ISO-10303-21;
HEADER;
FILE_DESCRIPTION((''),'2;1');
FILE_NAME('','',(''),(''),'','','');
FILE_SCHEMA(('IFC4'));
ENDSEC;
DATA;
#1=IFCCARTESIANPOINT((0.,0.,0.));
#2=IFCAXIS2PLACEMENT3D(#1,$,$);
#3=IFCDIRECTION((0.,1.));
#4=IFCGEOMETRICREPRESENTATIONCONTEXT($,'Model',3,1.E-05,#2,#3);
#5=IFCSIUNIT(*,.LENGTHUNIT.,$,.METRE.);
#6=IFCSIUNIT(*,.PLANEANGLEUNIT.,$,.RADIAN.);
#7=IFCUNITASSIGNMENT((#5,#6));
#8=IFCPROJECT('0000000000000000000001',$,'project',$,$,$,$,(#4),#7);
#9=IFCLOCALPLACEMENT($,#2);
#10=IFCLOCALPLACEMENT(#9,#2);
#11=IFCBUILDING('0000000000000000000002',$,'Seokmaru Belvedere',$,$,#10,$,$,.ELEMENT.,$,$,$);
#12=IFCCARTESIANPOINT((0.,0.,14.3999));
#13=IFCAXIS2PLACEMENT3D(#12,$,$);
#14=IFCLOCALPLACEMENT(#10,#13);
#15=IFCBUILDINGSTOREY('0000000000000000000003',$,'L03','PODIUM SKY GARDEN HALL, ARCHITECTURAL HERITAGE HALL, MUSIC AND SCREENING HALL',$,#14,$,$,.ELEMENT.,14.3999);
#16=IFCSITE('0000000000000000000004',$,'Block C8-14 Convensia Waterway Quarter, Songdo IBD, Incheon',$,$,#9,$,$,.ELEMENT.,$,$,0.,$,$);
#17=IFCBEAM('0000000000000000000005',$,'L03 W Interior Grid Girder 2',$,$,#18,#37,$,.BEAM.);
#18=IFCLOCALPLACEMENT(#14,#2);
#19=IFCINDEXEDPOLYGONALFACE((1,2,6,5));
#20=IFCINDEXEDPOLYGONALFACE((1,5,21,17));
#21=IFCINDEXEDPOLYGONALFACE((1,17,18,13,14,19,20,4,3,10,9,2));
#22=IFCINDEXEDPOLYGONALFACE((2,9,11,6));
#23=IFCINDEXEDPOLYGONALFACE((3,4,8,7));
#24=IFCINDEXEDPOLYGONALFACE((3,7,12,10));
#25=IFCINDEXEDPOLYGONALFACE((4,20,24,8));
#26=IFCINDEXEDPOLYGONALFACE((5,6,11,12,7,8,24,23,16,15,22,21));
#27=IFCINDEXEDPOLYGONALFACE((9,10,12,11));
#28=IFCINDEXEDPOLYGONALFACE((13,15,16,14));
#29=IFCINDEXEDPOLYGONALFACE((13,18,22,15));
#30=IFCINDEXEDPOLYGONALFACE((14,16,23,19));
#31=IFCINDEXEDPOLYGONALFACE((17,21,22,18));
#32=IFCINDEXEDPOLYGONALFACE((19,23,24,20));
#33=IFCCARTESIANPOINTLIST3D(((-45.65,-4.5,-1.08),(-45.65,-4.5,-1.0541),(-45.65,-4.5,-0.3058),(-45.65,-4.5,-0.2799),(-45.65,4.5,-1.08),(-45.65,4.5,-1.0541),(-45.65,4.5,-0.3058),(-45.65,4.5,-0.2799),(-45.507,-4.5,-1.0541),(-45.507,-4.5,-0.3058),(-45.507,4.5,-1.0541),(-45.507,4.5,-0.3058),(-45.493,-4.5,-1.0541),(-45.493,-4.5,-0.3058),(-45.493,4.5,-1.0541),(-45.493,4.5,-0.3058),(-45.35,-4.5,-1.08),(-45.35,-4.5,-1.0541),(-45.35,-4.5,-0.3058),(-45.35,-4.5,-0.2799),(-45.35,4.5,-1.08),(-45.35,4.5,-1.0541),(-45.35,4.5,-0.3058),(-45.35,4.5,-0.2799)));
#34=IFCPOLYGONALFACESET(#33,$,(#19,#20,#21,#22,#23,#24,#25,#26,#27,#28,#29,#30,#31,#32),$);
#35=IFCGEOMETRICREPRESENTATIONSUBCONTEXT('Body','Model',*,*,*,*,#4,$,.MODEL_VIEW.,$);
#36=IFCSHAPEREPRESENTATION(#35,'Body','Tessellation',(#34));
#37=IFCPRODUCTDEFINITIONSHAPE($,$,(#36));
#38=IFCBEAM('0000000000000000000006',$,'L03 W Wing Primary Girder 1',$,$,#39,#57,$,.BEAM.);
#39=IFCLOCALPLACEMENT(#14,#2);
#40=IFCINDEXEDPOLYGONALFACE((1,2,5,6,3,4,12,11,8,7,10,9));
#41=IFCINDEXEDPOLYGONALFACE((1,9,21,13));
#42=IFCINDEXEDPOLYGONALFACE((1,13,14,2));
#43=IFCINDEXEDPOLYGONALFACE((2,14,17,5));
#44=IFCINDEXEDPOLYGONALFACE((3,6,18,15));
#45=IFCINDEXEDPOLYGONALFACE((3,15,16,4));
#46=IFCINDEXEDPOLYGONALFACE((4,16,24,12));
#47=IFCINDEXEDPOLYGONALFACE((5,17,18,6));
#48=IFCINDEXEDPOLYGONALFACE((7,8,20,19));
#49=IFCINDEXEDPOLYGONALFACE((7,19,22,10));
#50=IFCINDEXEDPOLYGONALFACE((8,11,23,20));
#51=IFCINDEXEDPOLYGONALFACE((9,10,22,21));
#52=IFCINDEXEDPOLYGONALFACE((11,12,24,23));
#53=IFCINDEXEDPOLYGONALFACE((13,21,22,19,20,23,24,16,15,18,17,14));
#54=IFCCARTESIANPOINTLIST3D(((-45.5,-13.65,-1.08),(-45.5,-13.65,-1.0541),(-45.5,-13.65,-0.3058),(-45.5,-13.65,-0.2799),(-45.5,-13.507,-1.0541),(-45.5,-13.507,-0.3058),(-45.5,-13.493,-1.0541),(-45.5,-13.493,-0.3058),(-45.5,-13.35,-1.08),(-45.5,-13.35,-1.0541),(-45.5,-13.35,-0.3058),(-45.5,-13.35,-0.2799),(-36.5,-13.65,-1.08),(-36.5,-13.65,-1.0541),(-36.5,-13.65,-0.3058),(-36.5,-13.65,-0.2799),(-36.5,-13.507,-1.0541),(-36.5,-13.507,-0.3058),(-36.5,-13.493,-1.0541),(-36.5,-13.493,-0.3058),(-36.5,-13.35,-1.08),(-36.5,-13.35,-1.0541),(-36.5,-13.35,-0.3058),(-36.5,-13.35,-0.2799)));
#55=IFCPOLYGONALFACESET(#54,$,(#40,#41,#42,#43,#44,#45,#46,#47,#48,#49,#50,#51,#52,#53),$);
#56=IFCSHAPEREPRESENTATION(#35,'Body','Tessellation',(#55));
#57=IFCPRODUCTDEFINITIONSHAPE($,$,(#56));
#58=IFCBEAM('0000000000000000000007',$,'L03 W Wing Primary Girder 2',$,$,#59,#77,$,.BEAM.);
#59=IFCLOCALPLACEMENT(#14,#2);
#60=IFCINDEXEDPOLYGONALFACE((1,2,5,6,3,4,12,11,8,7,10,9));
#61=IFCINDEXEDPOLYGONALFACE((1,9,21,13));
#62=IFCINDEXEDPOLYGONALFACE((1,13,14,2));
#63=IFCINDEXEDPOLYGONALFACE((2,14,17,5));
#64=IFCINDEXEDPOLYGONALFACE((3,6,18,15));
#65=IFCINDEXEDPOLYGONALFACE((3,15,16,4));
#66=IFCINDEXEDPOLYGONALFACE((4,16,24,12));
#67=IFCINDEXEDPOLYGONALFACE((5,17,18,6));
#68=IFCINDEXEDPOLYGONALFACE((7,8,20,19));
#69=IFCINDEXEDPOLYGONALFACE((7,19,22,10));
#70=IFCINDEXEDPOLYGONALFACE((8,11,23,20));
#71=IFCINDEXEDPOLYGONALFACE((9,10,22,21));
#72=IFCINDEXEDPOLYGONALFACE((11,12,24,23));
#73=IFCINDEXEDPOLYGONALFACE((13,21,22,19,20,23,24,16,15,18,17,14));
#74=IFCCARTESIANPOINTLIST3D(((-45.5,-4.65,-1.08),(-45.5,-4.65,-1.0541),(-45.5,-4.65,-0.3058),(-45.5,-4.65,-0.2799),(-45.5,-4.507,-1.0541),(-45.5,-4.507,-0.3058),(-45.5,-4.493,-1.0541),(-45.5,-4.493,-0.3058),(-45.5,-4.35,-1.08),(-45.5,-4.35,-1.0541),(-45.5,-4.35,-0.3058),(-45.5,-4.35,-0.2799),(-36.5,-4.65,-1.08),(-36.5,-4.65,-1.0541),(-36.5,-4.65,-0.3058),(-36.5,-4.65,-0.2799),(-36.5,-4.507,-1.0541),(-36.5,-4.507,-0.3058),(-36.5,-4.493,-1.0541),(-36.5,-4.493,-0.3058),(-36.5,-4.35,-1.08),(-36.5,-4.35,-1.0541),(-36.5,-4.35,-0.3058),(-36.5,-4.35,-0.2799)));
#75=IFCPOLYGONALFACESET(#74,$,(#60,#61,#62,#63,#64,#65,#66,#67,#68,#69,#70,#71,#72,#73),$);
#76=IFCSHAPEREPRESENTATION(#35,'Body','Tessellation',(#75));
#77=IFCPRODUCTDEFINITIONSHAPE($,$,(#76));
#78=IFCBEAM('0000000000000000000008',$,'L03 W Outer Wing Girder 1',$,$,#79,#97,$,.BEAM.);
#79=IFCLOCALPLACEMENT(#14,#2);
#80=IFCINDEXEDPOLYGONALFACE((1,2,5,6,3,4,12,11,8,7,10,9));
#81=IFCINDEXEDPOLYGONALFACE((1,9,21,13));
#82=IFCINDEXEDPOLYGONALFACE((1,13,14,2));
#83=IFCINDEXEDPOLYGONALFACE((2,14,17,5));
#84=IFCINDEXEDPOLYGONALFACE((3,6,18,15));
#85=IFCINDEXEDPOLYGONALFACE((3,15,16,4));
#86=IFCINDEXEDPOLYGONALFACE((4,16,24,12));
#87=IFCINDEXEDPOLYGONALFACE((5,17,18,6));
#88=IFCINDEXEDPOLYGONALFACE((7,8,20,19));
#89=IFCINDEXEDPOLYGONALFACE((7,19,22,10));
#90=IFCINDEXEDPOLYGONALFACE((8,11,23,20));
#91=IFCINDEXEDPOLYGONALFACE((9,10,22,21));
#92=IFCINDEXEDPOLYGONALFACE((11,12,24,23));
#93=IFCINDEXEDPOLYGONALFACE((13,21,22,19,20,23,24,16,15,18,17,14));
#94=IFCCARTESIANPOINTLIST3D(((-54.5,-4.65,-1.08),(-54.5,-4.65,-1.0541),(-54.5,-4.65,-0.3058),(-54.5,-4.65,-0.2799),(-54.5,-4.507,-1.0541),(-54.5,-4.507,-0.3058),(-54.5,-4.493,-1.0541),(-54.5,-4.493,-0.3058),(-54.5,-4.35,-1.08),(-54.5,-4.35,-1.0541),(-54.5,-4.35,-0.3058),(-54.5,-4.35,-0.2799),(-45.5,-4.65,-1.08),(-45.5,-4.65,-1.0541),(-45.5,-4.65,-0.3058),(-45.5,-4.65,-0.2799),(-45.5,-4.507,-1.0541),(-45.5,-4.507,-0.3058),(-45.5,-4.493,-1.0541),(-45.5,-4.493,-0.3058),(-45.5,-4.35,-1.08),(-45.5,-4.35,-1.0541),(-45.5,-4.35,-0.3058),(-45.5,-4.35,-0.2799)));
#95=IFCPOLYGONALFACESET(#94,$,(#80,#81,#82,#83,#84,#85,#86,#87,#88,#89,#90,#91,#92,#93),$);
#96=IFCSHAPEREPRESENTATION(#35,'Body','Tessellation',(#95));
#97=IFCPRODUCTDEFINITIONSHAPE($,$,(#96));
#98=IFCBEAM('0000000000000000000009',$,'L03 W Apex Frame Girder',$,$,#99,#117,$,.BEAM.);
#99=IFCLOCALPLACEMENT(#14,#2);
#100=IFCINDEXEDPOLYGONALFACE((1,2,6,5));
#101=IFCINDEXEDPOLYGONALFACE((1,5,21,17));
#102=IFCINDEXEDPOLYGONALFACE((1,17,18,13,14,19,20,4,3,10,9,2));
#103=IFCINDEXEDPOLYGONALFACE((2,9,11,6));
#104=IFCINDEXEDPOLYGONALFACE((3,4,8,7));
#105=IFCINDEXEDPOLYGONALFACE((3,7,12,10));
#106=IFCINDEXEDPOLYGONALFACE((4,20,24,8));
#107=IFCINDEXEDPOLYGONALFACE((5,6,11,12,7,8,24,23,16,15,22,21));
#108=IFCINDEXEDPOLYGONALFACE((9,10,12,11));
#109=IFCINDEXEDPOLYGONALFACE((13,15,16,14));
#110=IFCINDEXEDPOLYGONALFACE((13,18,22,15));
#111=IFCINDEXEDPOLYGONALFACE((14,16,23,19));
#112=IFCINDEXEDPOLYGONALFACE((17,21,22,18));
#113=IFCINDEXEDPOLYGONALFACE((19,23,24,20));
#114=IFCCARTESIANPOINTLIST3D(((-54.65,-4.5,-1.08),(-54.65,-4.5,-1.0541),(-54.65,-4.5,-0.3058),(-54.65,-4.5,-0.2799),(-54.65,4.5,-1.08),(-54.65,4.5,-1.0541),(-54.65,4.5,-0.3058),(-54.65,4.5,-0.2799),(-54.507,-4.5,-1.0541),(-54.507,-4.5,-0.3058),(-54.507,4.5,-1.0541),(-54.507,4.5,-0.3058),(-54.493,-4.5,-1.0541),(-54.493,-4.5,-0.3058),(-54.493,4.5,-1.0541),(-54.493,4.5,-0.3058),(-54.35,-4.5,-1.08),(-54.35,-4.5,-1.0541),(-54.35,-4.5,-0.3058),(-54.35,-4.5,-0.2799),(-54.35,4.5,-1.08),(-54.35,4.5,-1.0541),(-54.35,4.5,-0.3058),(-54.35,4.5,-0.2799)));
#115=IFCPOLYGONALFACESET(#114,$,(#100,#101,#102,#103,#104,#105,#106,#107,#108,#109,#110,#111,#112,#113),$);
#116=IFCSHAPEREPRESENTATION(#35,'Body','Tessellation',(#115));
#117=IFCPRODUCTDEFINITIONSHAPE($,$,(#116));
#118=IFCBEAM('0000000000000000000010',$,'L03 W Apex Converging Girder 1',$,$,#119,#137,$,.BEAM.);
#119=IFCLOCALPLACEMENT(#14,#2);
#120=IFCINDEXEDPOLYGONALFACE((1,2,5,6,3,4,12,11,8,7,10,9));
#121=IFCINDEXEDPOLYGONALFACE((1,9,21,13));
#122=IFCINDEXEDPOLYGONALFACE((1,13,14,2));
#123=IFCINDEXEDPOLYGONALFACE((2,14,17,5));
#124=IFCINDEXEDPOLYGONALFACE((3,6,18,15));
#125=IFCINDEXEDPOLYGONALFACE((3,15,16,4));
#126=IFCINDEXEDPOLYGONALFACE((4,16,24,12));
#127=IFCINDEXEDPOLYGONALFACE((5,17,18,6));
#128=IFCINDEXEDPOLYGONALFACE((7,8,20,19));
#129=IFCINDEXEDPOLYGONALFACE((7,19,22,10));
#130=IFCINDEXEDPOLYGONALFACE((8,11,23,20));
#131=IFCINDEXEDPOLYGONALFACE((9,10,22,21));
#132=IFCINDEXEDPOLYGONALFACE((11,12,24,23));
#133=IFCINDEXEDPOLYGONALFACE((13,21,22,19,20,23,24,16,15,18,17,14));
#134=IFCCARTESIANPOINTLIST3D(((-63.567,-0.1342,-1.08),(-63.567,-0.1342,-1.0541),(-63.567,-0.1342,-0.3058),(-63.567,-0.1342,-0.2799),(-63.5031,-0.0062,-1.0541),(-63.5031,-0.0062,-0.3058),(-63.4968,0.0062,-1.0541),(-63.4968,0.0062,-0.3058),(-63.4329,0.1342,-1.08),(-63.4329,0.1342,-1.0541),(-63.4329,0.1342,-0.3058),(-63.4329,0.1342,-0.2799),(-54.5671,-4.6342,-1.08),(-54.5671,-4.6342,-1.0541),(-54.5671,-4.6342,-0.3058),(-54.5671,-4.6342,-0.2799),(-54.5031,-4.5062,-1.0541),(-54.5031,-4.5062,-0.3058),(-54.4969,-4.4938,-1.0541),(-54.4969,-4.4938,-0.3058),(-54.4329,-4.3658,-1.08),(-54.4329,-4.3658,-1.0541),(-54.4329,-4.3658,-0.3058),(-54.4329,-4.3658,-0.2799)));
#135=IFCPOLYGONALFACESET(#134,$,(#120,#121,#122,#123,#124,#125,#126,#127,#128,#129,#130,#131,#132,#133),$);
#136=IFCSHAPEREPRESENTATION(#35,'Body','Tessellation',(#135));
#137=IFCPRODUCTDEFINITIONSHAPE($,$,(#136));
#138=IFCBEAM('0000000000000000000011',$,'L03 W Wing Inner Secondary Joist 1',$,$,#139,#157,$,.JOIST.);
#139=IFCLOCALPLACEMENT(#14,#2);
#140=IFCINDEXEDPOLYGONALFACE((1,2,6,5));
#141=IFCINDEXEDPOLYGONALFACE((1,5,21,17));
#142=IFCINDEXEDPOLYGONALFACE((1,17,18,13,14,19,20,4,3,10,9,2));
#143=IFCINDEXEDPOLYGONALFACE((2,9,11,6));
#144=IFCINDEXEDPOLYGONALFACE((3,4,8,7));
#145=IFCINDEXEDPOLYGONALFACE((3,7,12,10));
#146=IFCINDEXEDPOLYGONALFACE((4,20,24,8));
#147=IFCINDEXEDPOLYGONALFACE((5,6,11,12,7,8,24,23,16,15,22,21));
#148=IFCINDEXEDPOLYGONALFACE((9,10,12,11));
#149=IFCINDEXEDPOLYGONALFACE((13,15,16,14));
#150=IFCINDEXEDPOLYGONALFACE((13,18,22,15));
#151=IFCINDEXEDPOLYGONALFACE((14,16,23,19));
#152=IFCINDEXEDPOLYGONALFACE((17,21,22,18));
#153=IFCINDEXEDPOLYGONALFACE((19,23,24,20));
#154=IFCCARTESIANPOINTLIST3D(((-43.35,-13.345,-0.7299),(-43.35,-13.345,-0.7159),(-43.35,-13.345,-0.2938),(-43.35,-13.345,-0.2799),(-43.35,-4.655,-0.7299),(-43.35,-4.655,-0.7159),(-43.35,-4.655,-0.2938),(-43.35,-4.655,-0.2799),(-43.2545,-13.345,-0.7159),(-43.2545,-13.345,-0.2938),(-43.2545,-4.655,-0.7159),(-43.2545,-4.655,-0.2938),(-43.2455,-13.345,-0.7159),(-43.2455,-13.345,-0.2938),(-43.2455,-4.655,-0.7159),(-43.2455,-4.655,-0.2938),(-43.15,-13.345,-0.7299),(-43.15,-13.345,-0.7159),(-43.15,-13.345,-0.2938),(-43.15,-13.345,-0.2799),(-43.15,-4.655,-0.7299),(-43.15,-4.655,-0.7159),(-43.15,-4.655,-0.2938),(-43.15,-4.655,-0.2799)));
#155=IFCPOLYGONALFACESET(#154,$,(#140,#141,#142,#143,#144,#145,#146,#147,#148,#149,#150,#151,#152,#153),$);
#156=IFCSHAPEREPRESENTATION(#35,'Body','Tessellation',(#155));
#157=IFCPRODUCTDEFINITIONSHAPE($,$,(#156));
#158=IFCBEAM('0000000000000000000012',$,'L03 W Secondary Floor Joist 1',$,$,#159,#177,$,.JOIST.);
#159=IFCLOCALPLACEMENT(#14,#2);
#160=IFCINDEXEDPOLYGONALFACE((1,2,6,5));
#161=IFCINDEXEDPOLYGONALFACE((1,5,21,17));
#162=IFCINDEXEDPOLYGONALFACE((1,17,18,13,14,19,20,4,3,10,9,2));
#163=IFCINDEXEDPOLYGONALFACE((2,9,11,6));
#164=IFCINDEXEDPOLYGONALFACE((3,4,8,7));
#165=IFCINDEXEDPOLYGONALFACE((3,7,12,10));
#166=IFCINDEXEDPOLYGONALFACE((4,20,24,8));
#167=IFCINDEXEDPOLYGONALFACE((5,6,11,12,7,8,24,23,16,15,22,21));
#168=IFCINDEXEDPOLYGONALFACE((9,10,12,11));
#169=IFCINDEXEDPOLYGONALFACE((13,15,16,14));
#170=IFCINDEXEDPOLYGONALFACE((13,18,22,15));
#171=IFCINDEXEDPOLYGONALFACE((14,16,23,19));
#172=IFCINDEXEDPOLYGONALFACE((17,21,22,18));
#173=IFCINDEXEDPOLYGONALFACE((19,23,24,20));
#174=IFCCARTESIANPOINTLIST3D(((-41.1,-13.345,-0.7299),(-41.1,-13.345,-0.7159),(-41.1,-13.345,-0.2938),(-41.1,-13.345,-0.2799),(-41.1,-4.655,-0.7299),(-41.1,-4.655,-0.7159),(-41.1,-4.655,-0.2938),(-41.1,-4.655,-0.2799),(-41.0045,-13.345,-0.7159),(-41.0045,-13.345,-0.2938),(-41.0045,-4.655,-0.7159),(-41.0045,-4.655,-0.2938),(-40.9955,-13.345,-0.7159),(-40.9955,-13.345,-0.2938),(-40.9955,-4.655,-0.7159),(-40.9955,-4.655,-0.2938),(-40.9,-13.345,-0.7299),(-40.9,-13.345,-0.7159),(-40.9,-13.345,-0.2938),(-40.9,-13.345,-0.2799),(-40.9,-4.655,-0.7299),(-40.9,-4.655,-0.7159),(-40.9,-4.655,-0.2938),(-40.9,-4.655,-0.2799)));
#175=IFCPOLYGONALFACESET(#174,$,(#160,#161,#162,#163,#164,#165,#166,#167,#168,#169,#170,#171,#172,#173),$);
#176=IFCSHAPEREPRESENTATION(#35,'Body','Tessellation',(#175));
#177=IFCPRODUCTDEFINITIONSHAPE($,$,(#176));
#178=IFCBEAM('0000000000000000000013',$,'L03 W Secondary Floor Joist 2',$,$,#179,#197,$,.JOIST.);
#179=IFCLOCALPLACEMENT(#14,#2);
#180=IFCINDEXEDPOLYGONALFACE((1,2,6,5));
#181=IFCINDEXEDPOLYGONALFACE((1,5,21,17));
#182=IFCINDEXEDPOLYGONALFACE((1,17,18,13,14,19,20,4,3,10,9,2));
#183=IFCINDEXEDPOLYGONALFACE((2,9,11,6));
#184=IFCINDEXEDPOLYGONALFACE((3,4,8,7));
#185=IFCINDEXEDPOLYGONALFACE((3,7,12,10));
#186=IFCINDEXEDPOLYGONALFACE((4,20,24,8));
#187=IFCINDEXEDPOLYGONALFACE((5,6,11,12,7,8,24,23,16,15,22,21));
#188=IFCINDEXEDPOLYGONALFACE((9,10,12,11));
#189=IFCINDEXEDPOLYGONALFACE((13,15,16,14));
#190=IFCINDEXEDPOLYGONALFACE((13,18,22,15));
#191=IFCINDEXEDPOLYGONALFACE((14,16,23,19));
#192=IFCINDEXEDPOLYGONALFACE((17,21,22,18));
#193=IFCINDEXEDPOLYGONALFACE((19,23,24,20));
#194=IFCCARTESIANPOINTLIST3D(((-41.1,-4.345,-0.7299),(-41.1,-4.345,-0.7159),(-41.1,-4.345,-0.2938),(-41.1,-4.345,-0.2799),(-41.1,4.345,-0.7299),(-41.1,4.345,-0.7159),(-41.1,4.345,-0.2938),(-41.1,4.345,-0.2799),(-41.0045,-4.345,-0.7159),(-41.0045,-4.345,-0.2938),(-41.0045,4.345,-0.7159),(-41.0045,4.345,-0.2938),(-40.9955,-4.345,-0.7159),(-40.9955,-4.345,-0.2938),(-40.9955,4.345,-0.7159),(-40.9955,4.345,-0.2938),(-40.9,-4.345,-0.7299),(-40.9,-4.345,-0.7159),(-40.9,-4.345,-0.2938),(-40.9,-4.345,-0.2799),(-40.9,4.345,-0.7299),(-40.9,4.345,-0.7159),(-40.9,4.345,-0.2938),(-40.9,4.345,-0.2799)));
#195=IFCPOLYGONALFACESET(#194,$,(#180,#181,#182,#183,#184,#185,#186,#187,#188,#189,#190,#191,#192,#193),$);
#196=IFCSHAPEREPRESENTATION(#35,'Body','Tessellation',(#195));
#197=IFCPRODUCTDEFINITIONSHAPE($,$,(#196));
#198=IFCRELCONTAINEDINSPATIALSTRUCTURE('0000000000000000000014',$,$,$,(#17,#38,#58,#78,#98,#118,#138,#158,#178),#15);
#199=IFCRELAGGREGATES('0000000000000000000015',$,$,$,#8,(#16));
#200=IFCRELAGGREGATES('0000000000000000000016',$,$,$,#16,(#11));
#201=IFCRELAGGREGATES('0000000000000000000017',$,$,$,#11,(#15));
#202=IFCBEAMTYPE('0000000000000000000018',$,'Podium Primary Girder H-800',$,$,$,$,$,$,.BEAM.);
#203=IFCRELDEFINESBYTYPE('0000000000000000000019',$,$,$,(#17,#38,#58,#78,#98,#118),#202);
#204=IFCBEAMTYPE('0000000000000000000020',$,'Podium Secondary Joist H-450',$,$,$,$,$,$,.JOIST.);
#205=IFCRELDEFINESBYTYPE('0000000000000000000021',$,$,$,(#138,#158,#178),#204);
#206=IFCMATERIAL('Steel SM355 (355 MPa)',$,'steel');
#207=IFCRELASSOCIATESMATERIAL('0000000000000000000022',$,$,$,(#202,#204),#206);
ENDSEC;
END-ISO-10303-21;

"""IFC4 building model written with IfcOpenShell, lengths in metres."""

from ifc_helpers import new_model, si_unit, direction, frame, origin, origin_2d, place, context, subcontext, project, spatial, i_section, extrude, source, transform, mapped, material, material_profile, profile_set, type_object, type_shapes, element, save


model = new_model("IFC4")

# Units and contexts
model_context = context("Model", 3, precision=1e-05, world=origin(), true_north=direction((0.0, 1.0)))
body_context = subcontext(model_context, "Body", "Model", "MODEL_VIEW")
ifc_project = project(units=[si_unit("LENGTHUNIT", "METRE"), si_unit("PLANEANGLEUNIT", "RADIAN")], contexts=[model_context])

# Site, building, storey
site_placement = place(None, origin())
site = spatial("IfcSite", under=ifc_project, at=site_placement, Name="Block C8-14 Convensia Waterway Quarter, Songdo IBD, Incheon", CompositionType="ELEMENT", RefElevation=0.0)
building_placement = place(site_placement, origin())
building = spatial("IfcBuilding", under=site, at=building_placement, Name="Seokmaru Belvedere", CompositionType="ELEMENT")
storey_placement = place(building_placement, frame((0.0, 0.0, 14.3999)))
storey = spatial("IfcBuildingStorey", under=building, at=storey_placement, Name="L03", Description="PODIUM SKY GARDEN HALL, ARCHITECTURAL HERITAGE HALL, MUSIC AND SCREENING HALL", CompositionType="ELEMENT", Elevation=14.3999)

# Shared definitions
ifc_material_1 = material(Name="Steel SM355 (355 MPa)", Category="steel")

# Beams
ifc_material_profile_1 = material_profile(ifc_material_1, i_section(OverallWidth=0.3, OverallDepth=0.8, WebThickness=0.0139, FlangeThickness=0.0259, at=origin_2d()), Name="H-800x300x14x26")
ifc_profile_set_1 = profile_set([ifc_material_profile_1], Name="Steel SM355 (355 MPa)")
beam_type_1 = type_object("IfcBeamType", Name="Podium Primary Girder H-800", PredefinedType="BEAM", material=ifc_profile_set_1)
shared_shape_1 = source(origin(), body_context, "Body", "SweptSolid", [
    extrude(i_section(OverallWidth=0.3, OverallDepth=0.8, WebThickness=0.0139, FlangeThickness=0.0259, at=origin_2d()), origin(), (0.0, 0.0, 1.0), 9.0),
])
for number, where, z_axis, x_axis, name in (
    (1, (-45.5, -4.5, -0.6799), (0.0, 1.0, 0.0), (-1.0, 0.0, 0.0), "L03 W Interior Grid Girder 2"),
    (2, (-45.5, -13.5, -0.6799), (1.0, 0.0, 0.0), (0.0, 1.0, 0.0), "L03 W Wing Primary Girder 1"),
    (3, (-45.5, -4.5, -0.6799), (1.0, 0.0, 0.0), (0.0, 1.0, 0.0), "L03 W Wing Primary Girder 2"),
    (4, (-54.5, -4.5, -0.6799), (1.0, 0.0, 0.0), (0.0, 1.0, 0.0), "L03 W Outer Wing Girder 1"),
    (5, (-54.5, -4.5, -0.6799), (0.0, 1.0, 0.0), (-1.0, 0.0, 0.0), "L03 W Apex Frame Girder"),
):
    element("IfcBeam", number, at=place(storey_placement, frame(where, z_axis=z_axis, x_axis=x_axis)), inside=storey, type_object=beam_type_1, Name=name, PredefinedType="BEAM", context=body_context, shape_type="MappedRepresentation", body=[
        mapped(shared_shape_1, transform((0.0, 0.0, 0.0), scale=1.0)),
    ])
shared_shape_2 = source(origin(), body_context, "Body", "SweptSolid", [
    extrude(i_section(OverallWidth=0.3, OverallDepth=0.8, WebThickness=0.0139, FlangeThickness=0.0259, at=origin_2d()), origin(), (0.0, 0.0, 1.0), 10.0623),
])
beam_1_placement = place(storey_placement, frame((-54.5, -4.5, -0.6799), z_axis=(-0.894427, 0.447214, 0.0), x_axis=(-0.447214, -0.894427, 0.0)))
element("IfcBeam", 6, at=beam_1_placement, inside=storey, type_object=beam_type_1, Name="L03 W Apex Converging Girder 1", PredefinedType="BEAM", context=body_context, shape_type="MappedRepresentation", body=[
    mapped(shared_shape_2, transform((0.0, 0.0, 0.0), scale=1.0)),
])
ifc_material_profile_2 = material_profile(ifc_material_1, i_section(OverallWidth=0.2, OverallDepth=0.45, WebThickness=0.009, FlangeThickness=0.0139, at=origin_2d()), Name="H-450x200x9x14")
ifc_profile_set_2 = profile_set([ifc_material_profile_2], Name="Steel SM355 (355 MPa)")
beam_type_2 = type_object("IfcBeamType", Name="Podium Secondary Joist H-450", PredefinedType="JOIST", material=ifc_profile_set_2)
shared_shape_3 = source(origin(), body_context, "Body", "SweptSolid", [
    extrude(i_section(OverallWidth=0.2, OverallDepth=0.45, WebThickness=0.009, FlangeThickness=0.0139, at=origin_2d()), origin(), (0.0, 0.0, 1.0), 8.6899),
])
type_shapes(beam_type_2, [shared_shape_3])
for number, where, z_axis, x_axis, name in (
    (7, (-43.25, -13.345, -0.5049), (0.0, 1.0, 0.0), (-1.0, 0.0, 0.0), "L03 W Wing Inner Secondary Joist 1"),
    (8, (-41.0, -13.345, -0.5049), (0.0, 1.0, 0.0), (-1.0, 0.0, 0.0), "L03 W Secondary Floor Joist 1"),
    (9, (-41.0, -4.345, -0.5049), (0.0, 1.0, 0.0), (-1.0, 0.0, 0.0), "L03 W Secondary Floor Joist 2"),
):
    element("IfcBeam", number, at=place(storey_placement, frame(where, z_axis=z_axis, x_axis=x_axis)), inside=storey, type_object=beam_type_2, Name=name, PredefinedType="JOIST", context=body_context, shape_type="MappedRepresentation", body=[
        mapped(shared_shape_3, transform((0.0, 0.0, 0.0), scale=1.0)),
    ])

save(model, "model.ifc")
